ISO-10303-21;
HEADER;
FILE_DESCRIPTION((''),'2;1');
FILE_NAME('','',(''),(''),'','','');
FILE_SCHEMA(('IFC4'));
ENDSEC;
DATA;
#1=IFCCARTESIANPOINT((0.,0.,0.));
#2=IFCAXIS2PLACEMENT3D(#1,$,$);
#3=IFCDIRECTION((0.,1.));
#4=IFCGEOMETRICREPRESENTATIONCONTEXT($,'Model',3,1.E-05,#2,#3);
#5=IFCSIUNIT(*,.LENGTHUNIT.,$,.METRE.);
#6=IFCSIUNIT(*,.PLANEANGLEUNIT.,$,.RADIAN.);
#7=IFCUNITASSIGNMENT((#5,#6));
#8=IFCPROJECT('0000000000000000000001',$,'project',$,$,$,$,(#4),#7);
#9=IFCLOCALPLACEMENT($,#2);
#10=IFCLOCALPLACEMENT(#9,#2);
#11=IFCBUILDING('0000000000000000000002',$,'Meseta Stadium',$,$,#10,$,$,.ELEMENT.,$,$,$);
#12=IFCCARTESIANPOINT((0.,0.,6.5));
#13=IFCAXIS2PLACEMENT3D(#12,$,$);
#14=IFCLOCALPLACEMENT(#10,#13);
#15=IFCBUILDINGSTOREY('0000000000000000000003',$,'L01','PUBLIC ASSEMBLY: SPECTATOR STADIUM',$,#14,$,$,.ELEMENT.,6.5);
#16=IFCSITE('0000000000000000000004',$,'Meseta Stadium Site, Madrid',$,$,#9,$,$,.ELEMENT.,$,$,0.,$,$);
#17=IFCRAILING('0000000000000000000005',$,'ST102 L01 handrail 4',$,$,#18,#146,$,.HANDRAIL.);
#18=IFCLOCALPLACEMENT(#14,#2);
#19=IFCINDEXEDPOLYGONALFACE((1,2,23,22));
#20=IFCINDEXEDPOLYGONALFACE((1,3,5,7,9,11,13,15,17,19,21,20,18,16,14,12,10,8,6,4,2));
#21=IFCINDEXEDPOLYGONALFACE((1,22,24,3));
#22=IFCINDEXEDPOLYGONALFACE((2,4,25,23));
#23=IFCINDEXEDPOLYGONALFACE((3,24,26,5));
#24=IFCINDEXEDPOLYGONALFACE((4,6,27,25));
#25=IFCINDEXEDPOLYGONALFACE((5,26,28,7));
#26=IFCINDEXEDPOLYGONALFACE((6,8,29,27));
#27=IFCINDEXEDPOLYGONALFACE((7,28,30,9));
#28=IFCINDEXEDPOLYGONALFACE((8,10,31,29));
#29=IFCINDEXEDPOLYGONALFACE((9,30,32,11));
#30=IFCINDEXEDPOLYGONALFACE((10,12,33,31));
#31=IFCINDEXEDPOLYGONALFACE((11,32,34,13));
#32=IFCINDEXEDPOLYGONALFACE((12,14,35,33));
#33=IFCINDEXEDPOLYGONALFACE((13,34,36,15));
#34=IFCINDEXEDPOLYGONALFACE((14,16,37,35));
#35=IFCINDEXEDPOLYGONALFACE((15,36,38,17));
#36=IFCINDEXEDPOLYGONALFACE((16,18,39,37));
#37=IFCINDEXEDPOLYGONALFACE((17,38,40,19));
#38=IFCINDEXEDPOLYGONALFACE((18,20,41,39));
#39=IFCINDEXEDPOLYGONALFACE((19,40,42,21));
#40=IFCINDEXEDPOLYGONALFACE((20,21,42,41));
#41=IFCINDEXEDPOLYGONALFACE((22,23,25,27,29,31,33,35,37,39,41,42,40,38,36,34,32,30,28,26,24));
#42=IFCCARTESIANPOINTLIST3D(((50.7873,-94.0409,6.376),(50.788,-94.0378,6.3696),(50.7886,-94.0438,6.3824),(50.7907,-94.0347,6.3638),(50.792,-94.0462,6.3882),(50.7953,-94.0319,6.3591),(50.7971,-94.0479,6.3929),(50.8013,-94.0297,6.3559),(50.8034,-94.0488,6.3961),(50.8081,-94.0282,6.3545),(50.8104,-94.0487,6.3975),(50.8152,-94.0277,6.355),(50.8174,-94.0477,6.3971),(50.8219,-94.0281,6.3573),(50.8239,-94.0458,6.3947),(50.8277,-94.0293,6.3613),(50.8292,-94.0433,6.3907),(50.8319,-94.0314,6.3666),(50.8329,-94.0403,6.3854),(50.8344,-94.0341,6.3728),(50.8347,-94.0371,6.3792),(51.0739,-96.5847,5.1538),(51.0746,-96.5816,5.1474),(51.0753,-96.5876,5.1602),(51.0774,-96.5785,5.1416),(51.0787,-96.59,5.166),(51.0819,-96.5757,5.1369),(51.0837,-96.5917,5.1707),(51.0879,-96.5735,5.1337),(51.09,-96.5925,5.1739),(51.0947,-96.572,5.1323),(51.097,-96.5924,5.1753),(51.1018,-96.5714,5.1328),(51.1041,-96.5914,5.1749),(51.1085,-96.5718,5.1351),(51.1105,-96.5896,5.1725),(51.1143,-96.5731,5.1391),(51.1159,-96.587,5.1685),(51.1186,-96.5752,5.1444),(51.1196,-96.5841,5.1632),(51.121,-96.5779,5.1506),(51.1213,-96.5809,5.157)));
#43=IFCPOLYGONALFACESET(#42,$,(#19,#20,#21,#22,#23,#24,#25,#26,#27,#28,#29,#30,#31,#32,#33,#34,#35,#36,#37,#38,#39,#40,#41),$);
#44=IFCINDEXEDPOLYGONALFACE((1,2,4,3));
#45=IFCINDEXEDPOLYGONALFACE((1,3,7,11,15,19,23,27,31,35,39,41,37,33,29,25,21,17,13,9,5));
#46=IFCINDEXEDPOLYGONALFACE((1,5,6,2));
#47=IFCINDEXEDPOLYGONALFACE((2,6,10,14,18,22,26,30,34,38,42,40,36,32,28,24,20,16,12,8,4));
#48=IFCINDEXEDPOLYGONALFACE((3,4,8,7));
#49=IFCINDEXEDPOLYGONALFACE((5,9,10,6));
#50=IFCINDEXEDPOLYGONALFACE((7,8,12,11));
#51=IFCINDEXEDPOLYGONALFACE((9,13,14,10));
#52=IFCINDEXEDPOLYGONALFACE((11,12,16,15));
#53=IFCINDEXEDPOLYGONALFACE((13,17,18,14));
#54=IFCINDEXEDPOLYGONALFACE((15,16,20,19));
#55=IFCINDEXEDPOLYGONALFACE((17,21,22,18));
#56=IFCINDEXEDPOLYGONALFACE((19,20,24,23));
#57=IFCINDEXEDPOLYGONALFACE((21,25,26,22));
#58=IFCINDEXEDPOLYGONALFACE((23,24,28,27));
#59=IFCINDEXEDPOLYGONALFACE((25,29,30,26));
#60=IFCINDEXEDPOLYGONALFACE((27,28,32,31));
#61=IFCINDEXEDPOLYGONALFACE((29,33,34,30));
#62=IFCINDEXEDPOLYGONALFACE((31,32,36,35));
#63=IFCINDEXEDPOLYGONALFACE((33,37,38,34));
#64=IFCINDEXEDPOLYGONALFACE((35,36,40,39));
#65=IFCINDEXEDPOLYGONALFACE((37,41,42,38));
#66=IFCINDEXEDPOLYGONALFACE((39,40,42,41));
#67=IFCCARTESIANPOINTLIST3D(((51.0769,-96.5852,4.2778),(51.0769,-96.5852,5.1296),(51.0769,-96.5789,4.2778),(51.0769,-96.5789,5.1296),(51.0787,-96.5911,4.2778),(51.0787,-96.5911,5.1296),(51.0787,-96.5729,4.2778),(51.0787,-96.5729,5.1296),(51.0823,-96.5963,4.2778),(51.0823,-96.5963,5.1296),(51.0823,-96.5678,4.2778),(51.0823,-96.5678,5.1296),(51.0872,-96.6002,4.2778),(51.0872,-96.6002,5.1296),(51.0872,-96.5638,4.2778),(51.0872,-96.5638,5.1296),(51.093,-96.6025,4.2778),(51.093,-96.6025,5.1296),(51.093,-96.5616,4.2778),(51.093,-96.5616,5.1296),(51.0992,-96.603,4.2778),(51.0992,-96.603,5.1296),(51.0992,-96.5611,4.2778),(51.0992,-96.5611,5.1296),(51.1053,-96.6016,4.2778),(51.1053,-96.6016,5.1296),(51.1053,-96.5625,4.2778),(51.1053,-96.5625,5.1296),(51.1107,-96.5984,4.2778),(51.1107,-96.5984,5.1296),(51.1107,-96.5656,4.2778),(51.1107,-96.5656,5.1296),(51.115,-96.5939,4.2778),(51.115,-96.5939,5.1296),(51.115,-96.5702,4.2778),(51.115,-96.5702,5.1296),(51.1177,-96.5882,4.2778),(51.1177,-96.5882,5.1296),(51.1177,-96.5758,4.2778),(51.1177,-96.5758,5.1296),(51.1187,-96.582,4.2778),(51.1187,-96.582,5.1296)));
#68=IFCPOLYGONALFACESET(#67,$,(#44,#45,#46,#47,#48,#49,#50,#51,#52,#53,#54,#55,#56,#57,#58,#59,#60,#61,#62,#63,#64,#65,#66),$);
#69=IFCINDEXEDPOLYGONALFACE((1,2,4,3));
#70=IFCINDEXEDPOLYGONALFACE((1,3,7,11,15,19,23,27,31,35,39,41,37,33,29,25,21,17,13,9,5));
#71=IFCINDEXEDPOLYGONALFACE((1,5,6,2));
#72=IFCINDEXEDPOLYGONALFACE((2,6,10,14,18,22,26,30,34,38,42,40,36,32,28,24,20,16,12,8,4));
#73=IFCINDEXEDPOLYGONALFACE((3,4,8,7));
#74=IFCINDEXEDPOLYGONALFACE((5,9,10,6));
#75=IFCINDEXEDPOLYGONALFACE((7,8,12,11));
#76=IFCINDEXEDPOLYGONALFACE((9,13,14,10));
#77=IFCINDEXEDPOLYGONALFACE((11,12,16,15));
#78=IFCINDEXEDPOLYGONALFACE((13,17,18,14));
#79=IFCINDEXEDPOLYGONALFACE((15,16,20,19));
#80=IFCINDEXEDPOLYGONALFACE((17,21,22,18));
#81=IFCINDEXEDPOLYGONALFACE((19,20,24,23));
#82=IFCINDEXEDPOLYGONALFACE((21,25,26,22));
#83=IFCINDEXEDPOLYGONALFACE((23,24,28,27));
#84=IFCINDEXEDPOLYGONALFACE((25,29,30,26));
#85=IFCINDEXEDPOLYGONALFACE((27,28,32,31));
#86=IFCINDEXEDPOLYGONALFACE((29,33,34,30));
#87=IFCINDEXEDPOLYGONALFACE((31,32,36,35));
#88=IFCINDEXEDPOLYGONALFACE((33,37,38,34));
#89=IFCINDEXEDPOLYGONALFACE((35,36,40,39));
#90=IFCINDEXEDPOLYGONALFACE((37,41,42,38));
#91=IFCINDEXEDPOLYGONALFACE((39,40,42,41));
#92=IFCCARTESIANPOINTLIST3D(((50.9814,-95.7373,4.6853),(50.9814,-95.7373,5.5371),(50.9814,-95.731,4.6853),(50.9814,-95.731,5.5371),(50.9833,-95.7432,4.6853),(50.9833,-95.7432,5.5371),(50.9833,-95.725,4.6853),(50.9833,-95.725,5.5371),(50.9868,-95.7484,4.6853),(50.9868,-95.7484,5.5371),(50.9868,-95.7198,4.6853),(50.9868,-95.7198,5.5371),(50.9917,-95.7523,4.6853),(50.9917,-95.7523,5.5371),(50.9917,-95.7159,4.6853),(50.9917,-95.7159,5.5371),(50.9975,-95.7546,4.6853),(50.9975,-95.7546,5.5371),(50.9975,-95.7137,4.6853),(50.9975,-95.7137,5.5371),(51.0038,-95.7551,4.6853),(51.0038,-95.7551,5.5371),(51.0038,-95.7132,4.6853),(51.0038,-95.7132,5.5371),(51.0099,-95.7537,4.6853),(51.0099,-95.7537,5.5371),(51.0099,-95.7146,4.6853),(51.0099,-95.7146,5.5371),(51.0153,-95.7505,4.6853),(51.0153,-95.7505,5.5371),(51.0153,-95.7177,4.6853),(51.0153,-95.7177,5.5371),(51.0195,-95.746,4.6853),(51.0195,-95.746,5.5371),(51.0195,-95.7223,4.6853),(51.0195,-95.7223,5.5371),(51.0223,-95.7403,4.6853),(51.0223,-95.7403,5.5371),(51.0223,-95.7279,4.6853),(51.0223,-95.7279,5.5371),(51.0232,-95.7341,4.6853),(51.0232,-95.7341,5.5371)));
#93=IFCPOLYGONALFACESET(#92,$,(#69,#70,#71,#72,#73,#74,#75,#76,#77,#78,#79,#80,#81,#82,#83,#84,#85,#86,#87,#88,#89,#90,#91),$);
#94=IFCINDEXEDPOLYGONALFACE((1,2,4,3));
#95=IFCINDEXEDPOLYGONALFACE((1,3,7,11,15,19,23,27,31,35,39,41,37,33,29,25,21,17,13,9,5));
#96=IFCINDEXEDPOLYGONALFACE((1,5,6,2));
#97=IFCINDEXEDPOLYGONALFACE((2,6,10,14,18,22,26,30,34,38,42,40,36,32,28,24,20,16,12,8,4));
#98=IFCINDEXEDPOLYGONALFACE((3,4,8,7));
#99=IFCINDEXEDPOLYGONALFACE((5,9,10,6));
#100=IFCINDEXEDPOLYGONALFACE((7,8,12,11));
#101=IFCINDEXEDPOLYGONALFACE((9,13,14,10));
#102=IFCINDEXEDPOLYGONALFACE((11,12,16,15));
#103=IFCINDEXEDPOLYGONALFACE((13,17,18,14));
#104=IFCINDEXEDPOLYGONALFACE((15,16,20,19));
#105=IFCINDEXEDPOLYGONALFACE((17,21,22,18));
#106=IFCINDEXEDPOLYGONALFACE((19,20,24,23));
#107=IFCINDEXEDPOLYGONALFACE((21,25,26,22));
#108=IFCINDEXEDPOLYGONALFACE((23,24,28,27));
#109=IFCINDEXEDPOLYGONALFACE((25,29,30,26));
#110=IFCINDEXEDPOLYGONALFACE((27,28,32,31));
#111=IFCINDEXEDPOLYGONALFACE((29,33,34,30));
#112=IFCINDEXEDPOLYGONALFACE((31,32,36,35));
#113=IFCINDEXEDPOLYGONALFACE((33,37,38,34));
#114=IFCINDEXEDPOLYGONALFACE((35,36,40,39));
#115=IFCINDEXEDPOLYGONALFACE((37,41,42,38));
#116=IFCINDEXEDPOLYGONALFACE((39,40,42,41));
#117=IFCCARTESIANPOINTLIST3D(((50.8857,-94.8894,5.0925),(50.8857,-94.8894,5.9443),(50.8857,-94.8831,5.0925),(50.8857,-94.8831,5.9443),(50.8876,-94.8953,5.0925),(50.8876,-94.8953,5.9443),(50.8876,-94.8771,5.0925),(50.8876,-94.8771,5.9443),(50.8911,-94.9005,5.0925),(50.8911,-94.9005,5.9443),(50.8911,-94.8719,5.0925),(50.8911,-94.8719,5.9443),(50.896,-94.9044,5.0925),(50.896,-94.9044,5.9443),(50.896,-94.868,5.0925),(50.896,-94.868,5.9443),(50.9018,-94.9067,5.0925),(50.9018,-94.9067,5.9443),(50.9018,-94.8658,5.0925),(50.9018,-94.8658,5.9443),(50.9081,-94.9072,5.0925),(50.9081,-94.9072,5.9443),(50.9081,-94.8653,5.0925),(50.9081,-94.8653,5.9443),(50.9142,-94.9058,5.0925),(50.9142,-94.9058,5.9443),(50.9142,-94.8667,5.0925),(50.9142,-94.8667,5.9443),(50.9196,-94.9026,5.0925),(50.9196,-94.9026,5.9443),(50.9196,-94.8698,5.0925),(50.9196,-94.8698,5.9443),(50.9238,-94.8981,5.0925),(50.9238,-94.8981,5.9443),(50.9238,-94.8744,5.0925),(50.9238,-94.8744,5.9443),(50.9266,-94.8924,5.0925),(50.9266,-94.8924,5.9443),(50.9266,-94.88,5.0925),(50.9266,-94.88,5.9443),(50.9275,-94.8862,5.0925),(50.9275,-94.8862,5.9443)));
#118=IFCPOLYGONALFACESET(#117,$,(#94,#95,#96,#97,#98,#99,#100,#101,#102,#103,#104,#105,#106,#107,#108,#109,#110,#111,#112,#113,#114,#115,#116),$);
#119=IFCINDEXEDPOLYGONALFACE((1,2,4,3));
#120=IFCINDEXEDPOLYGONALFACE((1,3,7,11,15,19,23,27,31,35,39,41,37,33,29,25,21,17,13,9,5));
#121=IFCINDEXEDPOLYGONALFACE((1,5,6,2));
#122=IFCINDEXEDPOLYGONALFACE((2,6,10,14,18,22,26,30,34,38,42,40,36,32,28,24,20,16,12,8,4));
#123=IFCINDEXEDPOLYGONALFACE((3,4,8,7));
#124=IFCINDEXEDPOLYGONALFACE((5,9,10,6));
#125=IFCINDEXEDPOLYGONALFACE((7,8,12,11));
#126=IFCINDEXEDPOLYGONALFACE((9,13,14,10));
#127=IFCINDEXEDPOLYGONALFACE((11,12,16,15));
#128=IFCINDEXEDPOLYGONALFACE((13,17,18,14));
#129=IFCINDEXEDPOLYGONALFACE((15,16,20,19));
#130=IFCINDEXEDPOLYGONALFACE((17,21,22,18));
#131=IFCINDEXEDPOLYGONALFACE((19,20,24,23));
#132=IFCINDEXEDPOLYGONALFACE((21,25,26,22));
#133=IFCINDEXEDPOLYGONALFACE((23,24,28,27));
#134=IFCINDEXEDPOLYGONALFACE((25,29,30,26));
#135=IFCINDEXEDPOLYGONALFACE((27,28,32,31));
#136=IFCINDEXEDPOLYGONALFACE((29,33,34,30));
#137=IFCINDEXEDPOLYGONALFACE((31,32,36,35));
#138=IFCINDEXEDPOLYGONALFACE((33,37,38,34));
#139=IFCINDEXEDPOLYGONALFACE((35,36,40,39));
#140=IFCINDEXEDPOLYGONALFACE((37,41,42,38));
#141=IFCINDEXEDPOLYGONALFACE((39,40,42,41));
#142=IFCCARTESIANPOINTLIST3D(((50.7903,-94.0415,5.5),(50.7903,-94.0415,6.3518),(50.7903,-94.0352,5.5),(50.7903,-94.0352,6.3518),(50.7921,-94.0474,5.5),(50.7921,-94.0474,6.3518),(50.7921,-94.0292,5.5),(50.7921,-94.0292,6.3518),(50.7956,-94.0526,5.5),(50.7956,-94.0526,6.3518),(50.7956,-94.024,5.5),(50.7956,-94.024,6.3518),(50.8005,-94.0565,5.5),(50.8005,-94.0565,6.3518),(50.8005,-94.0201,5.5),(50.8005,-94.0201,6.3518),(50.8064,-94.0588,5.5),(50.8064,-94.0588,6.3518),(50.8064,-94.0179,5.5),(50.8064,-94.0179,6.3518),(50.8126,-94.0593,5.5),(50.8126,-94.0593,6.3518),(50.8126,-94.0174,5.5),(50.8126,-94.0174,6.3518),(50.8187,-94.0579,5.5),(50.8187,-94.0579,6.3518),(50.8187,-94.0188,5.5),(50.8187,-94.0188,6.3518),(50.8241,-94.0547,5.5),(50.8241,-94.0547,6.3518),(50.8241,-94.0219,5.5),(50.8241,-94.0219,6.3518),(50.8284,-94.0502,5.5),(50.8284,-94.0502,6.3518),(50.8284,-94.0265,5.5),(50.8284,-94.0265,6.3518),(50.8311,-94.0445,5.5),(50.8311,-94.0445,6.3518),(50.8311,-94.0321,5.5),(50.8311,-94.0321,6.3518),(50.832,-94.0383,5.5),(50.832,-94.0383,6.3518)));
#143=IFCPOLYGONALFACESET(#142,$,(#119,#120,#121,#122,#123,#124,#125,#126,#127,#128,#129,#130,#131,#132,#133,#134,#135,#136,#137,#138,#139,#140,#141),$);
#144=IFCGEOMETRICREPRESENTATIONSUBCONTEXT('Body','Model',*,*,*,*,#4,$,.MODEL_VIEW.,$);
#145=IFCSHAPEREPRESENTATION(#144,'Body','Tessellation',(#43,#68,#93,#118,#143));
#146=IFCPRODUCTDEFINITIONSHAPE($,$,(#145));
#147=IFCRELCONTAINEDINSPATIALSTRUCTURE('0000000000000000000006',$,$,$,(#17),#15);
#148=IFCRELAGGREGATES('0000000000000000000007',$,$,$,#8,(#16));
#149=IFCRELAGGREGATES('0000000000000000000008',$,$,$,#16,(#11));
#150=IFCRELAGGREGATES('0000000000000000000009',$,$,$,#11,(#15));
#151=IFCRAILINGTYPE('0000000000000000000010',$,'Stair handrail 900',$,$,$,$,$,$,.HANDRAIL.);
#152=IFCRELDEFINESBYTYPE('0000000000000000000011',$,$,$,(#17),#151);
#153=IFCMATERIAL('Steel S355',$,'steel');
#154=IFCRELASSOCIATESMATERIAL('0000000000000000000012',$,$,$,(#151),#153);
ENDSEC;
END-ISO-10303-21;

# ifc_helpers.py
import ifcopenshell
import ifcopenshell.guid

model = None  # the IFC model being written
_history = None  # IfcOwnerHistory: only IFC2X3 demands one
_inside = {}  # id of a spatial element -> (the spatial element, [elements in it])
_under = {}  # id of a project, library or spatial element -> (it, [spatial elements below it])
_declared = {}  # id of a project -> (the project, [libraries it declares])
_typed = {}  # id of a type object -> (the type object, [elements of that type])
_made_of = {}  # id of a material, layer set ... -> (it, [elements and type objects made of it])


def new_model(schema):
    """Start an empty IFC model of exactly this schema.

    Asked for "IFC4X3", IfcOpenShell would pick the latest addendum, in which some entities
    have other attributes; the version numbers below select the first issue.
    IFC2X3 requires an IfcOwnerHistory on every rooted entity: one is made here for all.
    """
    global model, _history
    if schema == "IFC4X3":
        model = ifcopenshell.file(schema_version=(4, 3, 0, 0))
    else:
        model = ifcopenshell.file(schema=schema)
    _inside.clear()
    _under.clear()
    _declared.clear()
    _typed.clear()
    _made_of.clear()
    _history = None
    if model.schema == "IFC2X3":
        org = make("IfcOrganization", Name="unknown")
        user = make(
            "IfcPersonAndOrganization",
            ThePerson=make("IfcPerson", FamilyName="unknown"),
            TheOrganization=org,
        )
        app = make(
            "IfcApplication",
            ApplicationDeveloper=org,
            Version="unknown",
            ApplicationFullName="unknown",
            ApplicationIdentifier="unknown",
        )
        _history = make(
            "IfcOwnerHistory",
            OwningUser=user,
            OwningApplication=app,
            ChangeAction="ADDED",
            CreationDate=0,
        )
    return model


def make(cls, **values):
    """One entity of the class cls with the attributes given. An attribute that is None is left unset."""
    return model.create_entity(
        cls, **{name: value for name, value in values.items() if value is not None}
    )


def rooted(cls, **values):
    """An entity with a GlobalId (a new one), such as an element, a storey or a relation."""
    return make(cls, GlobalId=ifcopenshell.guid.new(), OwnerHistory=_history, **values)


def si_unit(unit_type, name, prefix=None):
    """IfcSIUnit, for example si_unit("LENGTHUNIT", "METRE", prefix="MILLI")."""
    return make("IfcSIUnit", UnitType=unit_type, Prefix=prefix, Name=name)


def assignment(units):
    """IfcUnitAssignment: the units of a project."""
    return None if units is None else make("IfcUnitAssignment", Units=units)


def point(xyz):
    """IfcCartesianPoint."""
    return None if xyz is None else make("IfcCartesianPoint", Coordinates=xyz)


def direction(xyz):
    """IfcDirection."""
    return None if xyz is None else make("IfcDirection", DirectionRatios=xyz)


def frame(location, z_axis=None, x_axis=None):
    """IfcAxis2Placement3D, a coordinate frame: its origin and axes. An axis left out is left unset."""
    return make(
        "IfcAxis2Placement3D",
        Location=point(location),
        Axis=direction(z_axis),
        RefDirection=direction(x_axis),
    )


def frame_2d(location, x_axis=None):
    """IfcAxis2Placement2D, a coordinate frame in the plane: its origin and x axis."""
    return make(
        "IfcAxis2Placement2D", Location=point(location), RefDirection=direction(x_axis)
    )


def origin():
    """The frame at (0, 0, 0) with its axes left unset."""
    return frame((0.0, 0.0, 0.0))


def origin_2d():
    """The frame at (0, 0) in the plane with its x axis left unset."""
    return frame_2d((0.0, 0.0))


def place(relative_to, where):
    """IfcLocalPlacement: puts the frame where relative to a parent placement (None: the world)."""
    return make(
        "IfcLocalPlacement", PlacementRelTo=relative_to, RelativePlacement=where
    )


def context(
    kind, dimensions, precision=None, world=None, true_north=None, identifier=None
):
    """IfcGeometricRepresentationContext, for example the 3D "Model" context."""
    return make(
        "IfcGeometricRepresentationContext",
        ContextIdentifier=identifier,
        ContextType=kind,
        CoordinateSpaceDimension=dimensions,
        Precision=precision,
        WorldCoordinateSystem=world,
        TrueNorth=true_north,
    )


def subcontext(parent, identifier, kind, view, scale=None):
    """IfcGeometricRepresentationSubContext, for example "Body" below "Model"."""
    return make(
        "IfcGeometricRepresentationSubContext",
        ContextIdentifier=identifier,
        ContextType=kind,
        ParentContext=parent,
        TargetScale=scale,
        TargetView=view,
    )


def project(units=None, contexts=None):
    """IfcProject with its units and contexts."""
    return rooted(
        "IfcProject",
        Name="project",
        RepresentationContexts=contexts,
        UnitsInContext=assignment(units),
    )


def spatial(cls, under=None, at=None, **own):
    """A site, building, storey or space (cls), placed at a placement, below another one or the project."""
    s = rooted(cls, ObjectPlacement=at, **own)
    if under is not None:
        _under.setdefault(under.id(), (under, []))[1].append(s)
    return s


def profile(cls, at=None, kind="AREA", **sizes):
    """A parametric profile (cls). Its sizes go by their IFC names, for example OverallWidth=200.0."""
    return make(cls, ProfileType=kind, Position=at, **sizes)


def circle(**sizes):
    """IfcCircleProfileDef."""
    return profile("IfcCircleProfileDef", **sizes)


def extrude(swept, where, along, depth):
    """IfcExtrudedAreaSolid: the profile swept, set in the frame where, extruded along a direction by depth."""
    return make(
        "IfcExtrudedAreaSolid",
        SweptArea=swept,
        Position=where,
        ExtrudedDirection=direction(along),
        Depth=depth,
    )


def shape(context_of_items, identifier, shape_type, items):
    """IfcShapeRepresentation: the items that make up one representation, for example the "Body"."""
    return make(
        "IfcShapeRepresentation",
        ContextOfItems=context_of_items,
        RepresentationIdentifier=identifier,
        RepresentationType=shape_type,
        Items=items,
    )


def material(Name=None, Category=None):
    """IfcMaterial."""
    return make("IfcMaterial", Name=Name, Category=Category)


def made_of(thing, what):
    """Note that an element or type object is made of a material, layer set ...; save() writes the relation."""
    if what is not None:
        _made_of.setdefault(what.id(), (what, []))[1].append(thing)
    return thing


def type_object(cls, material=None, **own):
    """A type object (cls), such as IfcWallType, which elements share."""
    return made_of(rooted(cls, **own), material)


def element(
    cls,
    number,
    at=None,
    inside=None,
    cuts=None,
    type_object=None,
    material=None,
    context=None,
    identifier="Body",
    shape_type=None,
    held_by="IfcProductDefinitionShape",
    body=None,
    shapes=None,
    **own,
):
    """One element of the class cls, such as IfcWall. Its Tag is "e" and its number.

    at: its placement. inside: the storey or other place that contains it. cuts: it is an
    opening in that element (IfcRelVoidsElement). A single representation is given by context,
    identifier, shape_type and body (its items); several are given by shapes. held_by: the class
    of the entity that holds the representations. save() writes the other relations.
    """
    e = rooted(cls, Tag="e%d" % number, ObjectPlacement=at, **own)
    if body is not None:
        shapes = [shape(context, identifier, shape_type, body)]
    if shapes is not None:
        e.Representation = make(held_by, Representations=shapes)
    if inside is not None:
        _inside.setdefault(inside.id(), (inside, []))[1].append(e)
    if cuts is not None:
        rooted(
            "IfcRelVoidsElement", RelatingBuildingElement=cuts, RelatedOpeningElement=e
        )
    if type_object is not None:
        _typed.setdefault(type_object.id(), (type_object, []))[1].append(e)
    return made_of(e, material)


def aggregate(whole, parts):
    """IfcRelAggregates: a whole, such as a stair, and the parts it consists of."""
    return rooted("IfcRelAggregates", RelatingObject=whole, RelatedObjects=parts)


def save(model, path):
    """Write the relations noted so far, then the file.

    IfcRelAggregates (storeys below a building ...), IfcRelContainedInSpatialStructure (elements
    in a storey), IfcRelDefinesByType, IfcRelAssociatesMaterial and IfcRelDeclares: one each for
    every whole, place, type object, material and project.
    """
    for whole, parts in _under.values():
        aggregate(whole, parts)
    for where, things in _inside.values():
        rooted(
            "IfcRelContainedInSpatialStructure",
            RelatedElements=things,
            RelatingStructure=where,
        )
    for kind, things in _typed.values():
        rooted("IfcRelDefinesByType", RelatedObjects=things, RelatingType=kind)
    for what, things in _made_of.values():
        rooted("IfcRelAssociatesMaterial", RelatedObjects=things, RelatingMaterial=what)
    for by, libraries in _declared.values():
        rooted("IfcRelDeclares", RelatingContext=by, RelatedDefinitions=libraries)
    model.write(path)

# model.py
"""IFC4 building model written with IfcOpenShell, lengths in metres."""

from ifc_helpers import new_model, si_unit, direction, frame, origin, origin_2d, place, context, subcontext, project, spatial, circle, extrude, material, type_object, element, save


model = new_model("IFC4")

# Units and contexts
model_context = context("Model", 3, precision=1e-05, world=origin(), true_north=direction((0.0, 1.0)))
body_context = subcontext(model_context, "Body", "Model", "MODEL_VIEW")
ifc_project = project(units=[si_unit("LENGTHUNIT", "METRE"), si_unit("PLANEANGLEUNIT", "RADIAN")], contexts=[model_context])

# Site, building, storey
site_placement = place(None, origin())
site = spatial("IfcSite", under=ifc_project, at=site_placement, Name="Meseta Stadium Site, Madrid", CompositionType="ELEMENT", RefElevation=0.0)
building_placement = place(site_placement, origin())
building = spatial("IfcBuilding", under=site, at=building_placement, Name="Meseta Stadium", CompositionType="ELEMENT")
storey_placement = place(building_placement, frame((0.0, 0.0, 6.5)))
storey = spatial("IfcBuildingStorey", under=building, at=storey_placement, Name="L01", Description="PUBLIC ASSEMBLY: SPECTATOR STADIUM", CompositionType="ELEMENT", Elevation=6.5)

# Railing
ifc_material_1 = material(Name="Steel S355", Category="steel")
railing_type_1 = type_object("IfcRailingType", Name="Stair handrail 900", PredefinedType="HANDRAIL", material=ifc_material_1)
for number, where, name in (
    (1, (51.0977, -96.582, 4.2778), "ST102 L01 handrail 4"),
):
    element("IfcRailing", number, at=place(storey_placement, frame(where)), inside=storey, type_object=railing_type_1, Name=name, PredefinedType="HANDRAIL", context=body_context, shape_type="SweptSolid", body=[
        extrude(circle(Radius=0.0239, at=origin_2d()), frame((0.0, 0.0, 0.876), z_axis=(-0.101044, 0.896745, 0.430858), x_axis=(-0.993712, -0.11197, 0.0)), (0.0, 0.0, 1.0), 2.8367),
        extrude(circle(Radius=0.021, at=origin_2d()), origin(), (0.0, 0.0, 1.0), 0.8518),
        extrude(circle(Radius=0.021, at=origin_2d()), frame((-0.0955, 0.8479, 0.4075)), (0.0, 0.0, 1.0), 0.8518),
        extrude(circle(Radius=0.021, at=origin_2d()), frame((-0.1912, 1.6958, 0.8147)), (0.0, 0.0, 1.0), 0.8518),
        extrude(circle(Radius=0.021, at=origin_2d()), frame((-0.2866, 2.5437, 1.2222)), (0.0, 0.0, 1.0), 0.8518),
    ])

save(model, "model.ifc")
